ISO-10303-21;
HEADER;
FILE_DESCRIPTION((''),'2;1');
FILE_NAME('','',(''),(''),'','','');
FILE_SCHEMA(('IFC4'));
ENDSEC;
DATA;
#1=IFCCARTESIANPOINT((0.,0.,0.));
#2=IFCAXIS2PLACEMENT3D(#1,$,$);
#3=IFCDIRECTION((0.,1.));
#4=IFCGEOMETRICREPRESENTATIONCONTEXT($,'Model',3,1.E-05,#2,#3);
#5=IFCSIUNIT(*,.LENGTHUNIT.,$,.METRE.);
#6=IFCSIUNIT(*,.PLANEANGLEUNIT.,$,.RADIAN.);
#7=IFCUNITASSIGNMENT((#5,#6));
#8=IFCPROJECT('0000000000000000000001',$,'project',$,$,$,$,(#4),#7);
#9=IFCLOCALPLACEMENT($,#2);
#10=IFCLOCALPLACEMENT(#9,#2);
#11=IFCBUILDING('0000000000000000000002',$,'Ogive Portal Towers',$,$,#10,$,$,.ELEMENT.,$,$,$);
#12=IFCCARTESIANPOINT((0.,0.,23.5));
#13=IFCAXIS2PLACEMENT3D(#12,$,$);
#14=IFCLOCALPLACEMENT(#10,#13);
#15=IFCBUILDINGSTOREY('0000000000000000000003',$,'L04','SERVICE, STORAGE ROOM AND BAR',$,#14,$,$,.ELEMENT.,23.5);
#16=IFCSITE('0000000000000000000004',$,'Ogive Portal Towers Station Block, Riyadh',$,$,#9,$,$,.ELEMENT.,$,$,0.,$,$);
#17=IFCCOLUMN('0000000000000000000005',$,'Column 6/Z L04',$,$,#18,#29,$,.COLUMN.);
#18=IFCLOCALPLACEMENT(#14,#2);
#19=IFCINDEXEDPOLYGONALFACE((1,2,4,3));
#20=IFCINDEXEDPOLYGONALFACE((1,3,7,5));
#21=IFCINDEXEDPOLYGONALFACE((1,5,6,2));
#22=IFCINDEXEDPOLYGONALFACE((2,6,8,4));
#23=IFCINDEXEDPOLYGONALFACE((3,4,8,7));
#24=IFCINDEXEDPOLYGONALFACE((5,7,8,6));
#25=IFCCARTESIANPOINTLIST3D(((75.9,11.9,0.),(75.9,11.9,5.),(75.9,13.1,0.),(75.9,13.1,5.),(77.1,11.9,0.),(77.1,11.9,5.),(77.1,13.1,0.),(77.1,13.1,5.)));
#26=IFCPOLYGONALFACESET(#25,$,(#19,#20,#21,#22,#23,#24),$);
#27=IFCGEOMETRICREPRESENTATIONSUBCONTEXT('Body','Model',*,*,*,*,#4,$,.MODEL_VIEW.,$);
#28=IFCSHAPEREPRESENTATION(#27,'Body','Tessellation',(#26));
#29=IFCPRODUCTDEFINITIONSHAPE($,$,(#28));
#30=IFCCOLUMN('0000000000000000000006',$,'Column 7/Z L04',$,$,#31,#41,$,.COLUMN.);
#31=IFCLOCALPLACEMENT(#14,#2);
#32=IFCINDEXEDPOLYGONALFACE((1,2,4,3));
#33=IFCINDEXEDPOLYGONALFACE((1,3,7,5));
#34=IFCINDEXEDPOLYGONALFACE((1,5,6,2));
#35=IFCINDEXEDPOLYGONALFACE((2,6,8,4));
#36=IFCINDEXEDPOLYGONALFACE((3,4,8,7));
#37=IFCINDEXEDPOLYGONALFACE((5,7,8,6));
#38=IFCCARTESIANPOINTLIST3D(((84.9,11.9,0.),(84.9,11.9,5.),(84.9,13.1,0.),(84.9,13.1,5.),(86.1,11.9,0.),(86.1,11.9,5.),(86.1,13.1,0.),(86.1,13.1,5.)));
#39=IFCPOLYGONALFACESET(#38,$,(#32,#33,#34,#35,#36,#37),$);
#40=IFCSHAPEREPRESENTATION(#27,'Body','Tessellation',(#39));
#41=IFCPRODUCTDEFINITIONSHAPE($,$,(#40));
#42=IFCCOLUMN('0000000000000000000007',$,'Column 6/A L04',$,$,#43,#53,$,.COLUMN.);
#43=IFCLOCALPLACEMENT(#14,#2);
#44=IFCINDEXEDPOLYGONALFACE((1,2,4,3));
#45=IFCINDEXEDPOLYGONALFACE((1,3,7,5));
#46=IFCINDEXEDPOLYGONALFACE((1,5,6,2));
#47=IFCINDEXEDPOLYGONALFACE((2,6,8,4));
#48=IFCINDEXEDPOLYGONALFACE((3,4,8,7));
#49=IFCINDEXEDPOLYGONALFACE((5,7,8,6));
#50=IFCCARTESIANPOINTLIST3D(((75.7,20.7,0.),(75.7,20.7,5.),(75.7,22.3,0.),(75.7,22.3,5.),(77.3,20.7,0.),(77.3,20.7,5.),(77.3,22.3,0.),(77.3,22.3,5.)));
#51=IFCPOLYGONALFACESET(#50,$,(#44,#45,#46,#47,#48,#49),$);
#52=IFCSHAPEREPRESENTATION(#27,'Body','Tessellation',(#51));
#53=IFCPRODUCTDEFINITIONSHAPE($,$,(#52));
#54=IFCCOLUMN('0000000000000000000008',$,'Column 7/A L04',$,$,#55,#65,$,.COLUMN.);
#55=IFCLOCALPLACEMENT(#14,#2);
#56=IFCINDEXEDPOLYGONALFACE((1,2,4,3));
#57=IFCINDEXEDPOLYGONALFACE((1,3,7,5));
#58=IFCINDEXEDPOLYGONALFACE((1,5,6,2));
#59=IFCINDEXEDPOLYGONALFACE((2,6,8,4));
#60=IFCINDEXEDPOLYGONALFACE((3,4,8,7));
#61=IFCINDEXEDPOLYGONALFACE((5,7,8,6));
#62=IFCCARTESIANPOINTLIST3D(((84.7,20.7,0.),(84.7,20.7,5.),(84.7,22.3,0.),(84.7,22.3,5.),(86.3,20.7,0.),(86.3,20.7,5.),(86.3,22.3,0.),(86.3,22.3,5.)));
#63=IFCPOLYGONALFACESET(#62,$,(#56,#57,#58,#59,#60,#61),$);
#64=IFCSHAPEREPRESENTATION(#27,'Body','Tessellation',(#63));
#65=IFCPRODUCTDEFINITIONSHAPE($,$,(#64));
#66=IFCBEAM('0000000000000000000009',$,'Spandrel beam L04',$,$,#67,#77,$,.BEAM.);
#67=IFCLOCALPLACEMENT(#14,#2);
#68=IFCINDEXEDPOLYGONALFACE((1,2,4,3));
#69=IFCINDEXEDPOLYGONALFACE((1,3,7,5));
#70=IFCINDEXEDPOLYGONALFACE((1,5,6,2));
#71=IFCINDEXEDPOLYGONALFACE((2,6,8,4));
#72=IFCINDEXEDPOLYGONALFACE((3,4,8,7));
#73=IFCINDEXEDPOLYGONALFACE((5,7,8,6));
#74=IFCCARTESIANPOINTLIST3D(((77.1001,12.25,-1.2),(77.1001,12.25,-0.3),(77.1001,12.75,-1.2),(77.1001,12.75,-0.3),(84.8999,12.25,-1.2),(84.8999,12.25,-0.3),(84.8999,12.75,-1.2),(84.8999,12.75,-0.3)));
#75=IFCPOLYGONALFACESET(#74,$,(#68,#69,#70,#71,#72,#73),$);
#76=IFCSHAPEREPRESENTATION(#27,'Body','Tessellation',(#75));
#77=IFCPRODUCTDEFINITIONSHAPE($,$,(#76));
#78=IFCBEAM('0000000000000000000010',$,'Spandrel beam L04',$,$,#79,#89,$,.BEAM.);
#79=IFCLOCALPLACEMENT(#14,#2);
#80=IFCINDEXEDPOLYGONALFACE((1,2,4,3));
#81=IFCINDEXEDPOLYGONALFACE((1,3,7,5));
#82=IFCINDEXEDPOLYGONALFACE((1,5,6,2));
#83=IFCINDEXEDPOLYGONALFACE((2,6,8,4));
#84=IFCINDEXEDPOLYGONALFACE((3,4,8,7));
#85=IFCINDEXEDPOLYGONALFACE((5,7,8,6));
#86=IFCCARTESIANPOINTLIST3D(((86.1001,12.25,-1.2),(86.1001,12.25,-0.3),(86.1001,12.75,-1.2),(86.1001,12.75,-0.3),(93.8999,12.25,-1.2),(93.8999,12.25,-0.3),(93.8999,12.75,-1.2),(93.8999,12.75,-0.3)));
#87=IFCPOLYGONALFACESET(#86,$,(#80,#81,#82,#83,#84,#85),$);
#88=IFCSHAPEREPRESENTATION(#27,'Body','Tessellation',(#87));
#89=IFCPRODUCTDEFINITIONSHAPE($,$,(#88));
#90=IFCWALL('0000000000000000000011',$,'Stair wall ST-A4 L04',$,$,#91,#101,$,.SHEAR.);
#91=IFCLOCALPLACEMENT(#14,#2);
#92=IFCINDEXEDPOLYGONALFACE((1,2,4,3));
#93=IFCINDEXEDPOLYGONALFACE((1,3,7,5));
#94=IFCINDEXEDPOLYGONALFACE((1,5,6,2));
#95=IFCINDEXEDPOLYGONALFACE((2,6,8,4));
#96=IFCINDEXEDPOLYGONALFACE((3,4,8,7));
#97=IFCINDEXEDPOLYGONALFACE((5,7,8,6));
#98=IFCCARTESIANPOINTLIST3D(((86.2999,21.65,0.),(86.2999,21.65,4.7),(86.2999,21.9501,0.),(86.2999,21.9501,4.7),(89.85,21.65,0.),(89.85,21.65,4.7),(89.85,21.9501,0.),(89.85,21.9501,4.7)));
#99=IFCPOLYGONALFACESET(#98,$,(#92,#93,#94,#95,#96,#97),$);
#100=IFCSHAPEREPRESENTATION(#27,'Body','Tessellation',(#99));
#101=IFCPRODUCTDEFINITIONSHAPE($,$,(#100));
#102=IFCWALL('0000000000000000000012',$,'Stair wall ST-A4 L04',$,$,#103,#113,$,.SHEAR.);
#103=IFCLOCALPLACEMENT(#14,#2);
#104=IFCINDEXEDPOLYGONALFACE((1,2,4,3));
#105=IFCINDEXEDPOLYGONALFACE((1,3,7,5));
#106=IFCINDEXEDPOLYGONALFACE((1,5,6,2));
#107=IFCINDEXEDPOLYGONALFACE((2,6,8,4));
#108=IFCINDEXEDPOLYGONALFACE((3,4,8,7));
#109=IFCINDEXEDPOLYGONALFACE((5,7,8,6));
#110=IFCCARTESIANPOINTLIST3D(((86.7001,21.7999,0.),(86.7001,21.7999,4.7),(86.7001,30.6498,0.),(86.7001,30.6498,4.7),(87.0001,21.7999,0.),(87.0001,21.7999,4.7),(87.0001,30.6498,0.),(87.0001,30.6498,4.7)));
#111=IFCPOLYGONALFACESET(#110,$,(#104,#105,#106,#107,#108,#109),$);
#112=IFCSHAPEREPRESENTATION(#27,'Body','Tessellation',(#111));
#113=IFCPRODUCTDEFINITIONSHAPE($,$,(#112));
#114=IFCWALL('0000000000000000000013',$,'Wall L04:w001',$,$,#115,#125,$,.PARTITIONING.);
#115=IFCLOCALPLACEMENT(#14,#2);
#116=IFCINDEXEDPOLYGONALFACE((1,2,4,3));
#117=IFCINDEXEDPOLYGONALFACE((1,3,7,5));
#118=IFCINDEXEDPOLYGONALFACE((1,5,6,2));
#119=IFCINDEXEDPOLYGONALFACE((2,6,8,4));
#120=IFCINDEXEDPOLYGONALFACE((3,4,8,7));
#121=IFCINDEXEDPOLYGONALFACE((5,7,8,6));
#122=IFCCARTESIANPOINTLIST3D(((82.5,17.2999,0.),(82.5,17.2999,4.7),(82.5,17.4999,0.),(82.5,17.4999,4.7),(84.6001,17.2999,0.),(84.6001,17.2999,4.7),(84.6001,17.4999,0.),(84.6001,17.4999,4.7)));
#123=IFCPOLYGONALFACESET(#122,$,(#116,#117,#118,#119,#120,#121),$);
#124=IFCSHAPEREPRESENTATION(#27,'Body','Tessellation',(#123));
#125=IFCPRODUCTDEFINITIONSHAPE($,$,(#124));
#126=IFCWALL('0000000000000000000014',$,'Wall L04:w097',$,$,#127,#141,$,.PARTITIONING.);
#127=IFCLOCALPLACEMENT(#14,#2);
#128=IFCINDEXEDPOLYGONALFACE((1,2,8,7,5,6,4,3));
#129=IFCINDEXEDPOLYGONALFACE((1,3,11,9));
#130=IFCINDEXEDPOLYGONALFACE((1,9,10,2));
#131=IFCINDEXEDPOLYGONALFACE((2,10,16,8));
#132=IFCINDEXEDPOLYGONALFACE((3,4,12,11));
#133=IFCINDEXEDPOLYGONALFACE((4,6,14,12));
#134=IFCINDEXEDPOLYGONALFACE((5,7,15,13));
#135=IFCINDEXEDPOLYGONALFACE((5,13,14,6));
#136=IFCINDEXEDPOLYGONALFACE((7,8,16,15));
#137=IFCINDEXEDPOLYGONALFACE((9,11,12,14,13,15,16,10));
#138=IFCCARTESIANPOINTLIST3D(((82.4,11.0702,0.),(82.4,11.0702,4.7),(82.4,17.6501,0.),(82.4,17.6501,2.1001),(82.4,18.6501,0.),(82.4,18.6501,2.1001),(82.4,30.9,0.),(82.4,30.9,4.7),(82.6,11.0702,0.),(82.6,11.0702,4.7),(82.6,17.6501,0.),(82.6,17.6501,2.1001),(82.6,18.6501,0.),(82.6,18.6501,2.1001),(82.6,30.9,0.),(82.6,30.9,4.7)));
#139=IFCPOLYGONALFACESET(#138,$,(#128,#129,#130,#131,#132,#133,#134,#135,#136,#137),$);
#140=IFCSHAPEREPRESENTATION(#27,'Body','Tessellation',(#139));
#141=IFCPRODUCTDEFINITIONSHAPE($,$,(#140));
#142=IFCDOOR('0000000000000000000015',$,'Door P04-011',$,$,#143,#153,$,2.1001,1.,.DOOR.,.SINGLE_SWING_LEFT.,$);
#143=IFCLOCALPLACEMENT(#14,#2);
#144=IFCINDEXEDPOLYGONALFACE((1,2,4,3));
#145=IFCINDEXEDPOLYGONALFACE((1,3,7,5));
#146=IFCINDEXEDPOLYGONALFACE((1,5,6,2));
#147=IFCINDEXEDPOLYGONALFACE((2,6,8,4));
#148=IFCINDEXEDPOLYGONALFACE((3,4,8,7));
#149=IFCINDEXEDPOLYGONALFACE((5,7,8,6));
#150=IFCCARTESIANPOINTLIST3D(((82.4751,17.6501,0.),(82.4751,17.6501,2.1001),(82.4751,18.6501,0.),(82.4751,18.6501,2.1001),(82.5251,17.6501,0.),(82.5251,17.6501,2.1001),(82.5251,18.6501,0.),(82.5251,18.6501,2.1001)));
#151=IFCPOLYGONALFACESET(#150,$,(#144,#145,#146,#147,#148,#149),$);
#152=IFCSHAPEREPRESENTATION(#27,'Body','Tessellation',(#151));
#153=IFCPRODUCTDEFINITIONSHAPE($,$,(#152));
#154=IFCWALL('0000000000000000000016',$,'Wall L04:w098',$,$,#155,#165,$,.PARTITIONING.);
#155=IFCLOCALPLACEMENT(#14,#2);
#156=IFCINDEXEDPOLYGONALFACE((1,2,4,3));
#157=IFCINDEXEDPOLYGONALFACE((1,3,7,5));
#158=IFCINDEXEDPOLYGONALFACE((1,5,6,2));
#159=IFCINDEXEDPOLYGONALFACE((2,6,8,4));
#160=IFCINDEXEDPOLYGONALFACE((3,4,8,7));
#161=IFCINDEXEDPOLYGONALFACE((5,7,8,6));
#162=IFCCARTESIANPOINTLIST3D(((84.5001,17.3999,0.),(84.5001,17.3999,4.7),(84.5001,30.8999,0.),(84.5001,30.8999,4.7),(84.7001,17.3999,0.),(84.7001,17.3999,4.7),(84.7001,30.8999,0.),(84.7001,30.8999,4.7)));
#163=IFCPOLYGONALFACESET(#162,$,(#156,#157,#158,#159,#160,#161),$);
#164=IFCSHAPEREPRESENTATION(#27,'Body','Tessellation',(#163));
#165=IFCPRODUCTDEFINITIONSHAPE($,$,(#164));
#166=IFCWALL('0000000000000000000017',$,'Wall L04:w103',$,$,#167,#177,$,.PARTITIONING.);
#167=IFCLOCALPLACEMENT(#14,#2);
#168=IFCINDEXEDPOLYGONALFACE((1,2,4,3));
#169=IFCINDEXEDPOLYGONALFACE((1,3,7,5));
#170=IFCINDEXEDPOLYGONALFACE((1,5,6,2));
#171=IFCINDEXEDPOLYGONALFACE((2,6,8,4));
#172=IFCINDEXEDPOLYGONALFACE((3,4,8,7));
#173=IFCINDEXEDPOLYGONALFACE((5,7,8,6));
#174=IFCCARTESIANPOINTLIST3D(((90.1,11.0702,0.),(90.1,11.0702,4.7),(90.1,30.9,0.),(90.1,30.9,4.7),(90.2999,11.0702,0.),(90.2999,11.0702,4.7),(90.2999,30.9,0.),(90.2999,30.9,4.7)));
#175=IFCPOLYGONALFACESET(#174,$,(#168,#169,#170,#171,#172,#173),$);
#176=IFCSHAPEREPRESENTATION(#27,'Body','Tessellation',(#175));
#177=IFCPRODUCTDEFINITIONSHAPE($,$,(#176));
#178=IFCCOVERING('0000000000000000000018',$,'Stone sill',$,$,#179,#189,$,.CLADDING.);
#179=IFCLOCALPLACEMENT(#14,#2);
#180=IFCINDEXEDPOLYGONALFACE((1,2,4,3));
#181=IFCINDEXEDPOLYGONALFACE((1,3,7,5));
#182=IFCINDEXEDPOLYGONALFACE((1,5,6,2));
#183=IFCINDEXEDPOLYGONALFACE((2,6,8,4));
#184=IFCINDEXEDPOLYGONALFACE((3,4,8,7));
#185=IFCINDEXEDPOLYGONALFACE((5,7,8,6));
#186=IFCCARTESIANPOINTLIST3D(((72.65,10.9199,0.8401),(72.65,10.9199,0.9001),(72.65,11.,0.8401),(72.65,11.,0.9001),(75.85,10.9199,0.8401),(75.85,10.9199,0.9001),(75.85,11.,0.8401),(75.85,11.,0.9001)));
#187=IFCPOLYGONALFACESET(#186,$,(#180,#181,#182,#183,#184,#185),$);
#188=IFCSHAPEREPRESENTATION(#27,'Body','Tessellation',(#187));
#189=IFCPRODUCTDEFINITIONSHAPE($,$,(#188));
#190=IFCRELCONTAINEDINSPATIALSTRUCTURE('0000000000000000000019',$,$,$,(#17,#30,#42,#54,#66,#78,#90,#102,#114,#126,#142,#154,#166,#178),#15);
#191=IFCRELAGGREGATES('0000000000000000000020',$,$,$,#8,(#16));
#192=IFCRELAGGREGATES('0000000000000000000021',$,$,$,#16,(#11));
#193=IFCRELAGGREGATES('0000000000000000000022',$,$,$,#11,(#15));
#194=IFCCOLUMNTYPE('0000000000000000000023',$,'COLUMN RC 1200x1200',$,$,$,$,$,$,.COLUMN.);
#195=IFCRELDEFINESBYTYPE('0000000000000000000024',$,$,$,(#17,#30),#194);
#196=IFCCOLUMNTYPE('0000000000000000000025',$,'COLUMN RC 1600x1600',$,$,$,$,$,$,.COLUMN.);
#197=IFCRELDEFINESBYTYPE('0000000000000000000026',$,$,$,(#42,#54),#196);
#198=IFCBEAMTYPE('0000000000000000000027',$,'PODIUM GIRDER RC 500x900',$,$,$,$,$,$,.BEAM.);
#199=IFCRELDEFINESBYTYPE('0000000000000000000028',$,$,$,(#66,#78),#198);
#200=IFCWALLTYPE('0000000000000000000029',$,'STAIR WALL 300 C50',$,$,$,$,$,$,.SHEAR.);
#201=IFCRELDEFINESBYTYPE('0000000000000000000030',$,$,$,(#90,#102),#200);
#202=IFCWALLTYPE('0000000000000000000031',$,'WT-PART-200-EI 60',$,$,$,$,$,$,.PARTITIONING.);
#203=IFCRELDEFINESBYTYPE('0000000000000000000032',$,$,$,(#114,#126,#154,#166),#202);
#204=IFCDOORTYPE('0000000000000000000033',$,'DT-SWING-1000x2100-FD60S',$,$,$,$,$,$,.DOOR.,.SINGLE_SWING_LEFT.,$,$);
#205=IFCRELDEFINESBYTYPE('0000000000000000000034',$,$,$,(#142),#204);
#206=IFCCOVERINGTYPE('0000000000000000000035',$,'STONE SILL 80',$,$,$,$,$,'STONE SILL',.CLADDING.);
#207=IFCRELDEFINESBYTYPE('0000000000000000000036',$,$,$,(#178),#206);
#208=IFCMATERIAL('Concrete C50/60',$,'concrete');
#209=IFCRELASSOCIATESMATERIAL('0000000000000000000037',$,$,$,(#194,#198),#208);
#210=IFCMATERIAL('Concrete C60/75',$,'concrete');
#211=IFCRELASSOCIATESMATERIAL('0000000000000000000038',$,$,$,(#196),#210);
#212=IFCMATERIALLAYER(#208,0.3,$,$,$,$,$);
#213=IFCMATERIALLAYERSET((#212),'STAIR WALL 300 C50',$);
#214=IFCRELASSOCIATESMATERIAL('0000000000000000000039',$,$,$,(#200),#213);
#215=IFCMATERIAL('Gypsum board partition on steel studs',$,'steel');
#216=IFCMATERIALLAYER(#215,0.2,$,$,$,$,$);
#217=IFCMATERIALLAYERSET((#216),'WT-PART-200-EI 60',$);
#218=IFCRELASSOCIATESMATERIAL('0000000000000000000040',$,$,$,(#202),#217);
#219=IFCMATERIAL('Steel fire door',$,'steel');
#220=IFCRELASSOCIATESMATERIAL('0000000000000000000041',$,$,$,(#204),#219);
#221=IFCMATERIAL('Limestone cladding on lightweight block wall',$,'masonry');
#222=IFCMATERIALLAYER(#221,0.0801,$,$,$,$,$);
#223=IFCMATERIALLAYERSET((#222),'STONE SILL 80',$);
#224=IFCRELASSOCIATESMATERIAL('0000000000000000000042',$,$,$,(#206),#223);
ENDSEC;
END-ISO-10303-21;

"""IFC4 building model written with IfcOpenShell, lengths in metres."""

from ifc_helpers import new_model, si_unit, direction, frame, frame_2d, origin, origin_2d, place, context, subcontext, project, spatial, rectangle, extrude, material, layer, layer_set, material_profile, profile_set, type_object, element, fill, save


model = new_model("IFC4")

# Units and contexts
model_context = context("Model", 3, precision=1e-05, world=origin(), true_north=direction((0.0, 1.0)))
body_context = subcontext(model_context, "Body", "Model", "MODEL_VIEW")
ifc_project = project(units=[si_unit("LENGTHUNIT", "METRE"), si_unit("PLANEANGLEUNIT", "RADIAN")], contexts=[model_context])

# Site, building, storey
site_placement = place(None, origin())
site = spatial("IfcSite", under=ifc_project, at=site_placement, Name="Ogive Portal Towers Station Block, Riyadh", CompositionType="ELEMENT", RefElevation=0.0)
building_placement = place(site_placement, origin())
building = spatial("IfcBuilding", under=site, at=building_placement, Name="Ogive Portal Towers", CompositionType="ELEMENT")
storey_placement = place(building_placement, frame((0.0, 0.0, 23.5)))
storey = spatial("IfcBuildingStorey", under=building, at=storey_placement, Name="L04", Description="SERVICE, STORAGE ROOM AND BAR", CompositionType="ELEMENT", Elevation=23.5)

# Columns
ifc_material_1 = material(Name="Concrete C50/60", Category="concrete")
ifc_material_profile_1 = material_profile(ifc_material_1, rectangle(XDim=1.2, YDim=1.2, at=origin_2d()), Name="RC 1200x1200")
ifc_profile_set_1 = profile_set([ifc_material_profile_1], Name="Concrete C50/60")
column_type_1 = type_object("IfcColumnType", Name="COLUMN RC 1200x1200", PredefinedType="COLUMN", material=ifc_profile_set_1)
for number, where, z_axis, x_axis, name in (
    (1, (76.5, 12.5, 0.0), (0.0, 0.0, 1.0), (1.0, 0.0, 0.0), "Column 6/Z L04"),
    (2, (85.5, 12.5, 0.0), (0.0, 0.0, 1.0), (1.0, 0.0, 0.0), "Column 7/Z L04"),
):
    element("IfcColumn", number, at=place(storey_placement, frame(where, z_axis=z_axis, x_axis=x_axis)), inside=storey, type_object=column_type_1, Name=name, PredefinedType="COLUMN", context=body_context, shape_type="SweptSolid", body=[
        extrude(rectangle(XDim=1.2, YDim=1.2, at=origin_2d()), origin(), (0.0, 0.0, 1.0), 5.0),
    ])
ifc_material_2 = material(Name="Concrete C60/75", Category="concrete")
ifc_material_profile_2 = material_profile(ifc_material_2, rectangle(XDim=1.6001, YDim=1.6001, at=origin_2d()), Name="RC 1600x1600")
ifc_profile_set_2 = profile_set([ifc_material_profile_2], Name="Concrete C60/75")
column_type_2 = type_object("IfcColumnType", Name="COLUMN RC 1600x1600", PredefinedType="COLUMN", material=ifc_profile_set_2)
for number, where, z_axis, x_axis, name in (
    (3, (76.5, 21.5, 0.0), (0.0, 0.0, 1.0), (1.0, 0.0, 0.0), "Column 6/A L04"),
    (4, (85.5, 21.5, 0.0), (0.0, 0.0, 1.0), (1.0, 0.0, 0.0), "Column 7/A L04"),
):
    element("IfcColumn", number, at=place(storey_placement, frame(where, z_axis=z_axis, x_axis=x_axis)), inside=storey, type_object=column_type_2, Name=name, PredefinedType="COLUMN", context=body_context, shape_type="SweptSolid", body=[
        extrude(rectangle(XDim=1.6001, YDim=1.6001, at=origin_2d()), origin(), (0.0, 0.0, 1.0), 5.0),
    ])

# Beams
ifc_material_profile_3 = material_profile(ifc_material_1, rectangle(XDim=0.5, YDim=0.8999, at=origin_2d()), Name="RC 500x900")
ifc_profile_set_3 = profile_set([ifc_material_profile_3], Name="Concrete C50/60")
beam_type = type_object("IfcBeamType", Name="PODIUM GIRDER RC 500x900", PredefinedType="BEAM", material=ifc_profile_set_3)
for number, where, z_axis, x_axis, name in (
    (5, (77.1001, 12.5, -0.75), (1.0, 0.0, 0.0), (0.0, 1.0, 0.0), "Spandrel beam L04"),
    (6, (86.1001, 12.5, -0.75), (1.0, 0.0, 0.0), (0.0, 1.0, 0.0), "Spandrel beam L04"),
):
    element("IfcBeam", number, at=place(storey_placement, frame(where, z_axis=z_axis, x_axis=x_axis)), inside=storey, type_object=beam_type, Name=name, PredefinedType="BEAM", context=body_context, shape_type="SweptSolid", body=[
        extrude(rectangle(XDim=0.5, YDim=0.8999, at=origin_2d()), origin(), (0.0, 0.0, 1.0), 7.7998),
    ])

# Walls
ifc_layer_1 = layer(ifc_material_1, 0.3)
ifc_layer_set_1 = layer_set([ifc_layer_1], Name="STAIR WALL 300 C50")
wall_type_1 = type_object("IfcWallType", Name="STAIR WALL 300 C50", PredefinedType="SHEAR", material=ifc_layer_set_1)
wall_1_placement = place(storey_placement, frame((86.3, 21.8, 0.0), z_axis=(0.0, 0.0, 1.0), x_axis=(1.0, 0.0, 0.0)))
element("IfcWall", 7, at=wall_1_placement, inside=storey, type_object=wall_type_1, Name="Stair wall ST-A4 L04", PredefinedType="SHEAR", context=body_context, shape_type="SweptSolid", body=[
    extrude(rectangle(XDim=3.55, YDim=0.3, at=frame_2d((1.7749, 0.0))), origin(), (0.0, 0.0, 1.0), 4.7),
])
wall_2_placement = place(storey_placement, frame((86.8501, 21.8, 0.0), z_axis=(0.0, 0.0, 1.0), x_axis=(0.0, 1.0, 0.0)))
element("IfcWall", 8, at=wall_2_placement, inside=storey, type_object=wall_type_1, Name="Stair wall ST-A4 L04", PredefinedType="SHEAR", context=body_context, shape_type="SweptSolid", body=[
    extrude(rectangle(XDim=8.8499, YDim=0.3, at=frame_2d((4.4248, 0.0))), origin(), (0.0, 0.0, 1.0), 4.7),
])
ifc_material_3 = material(Name="Gypsum board partition on steel studs", Category="steel")
ifc_layer_2 = layer(ifc_material_3, 0.2)
ifc_layer_set_2 = layer_set([ifc_layer_2], Name="WT-PART-200-EI 60")
wall_type_2 = type_object("IfcWallType", Name="WT-PART-200-EI 60", PredefinedType="PARTITIONING", material=ifc_layer_set_2)
wall_3_placement = place(storey_placement, frame((82.5, 17.3999, 0.0), z_axis=(0.0, 0.0, 1.0), x_axis=(1.0, 0.0, 0.0)))
element("IfcWall", 9, at=wall_3_placement, inside=storey, type_object=wall_type_2, Name="Wall L04:w001", PredefinedType="PARTITIONING", context=body_context, shape_type="SweptSolid", body=[
    extrude(rectangle(XDim=2.1001, YDim=0.2, at=frame_2d((1.05, 0.0))), origin(), (0.0, 0.0, 1.0), 4.7),
])

# Wall, opening, door
wall_4_placement = place(storey_placement, frame((82.5, 11.0701, 0.0), z_axis=(0.0, 0.0, 1.0), x_axis=(0.0, 1.0, 0.0)))
wall_4 = element("IfcWall", 10, at=wall_4_placement, inside=storey, type_object=wall_type_2, Name="Wall L04:w097", PredefinedType="PARTITIONING", context=body_context, shape_type="SweptSolid", body=[
    extrude(rectangle(XDim=19.8298, YDim=0.2, at=frame_2d((9.915, 0.0))), origin(), (0.0, 0.0, 1.0), 4.7),
])
opening_placement = place(wall_4_placement, frame((6.5801, 0.0, 0.0)))
opening = element("IfcOpeningElement", 11, at=opening_placement, cuts=wall_4, PredefinedType="OPENING", context=body_context, shape_type="SweptSolid", body=[
    extrude(rectangle(XDim=1.0, YDim=2.1001, at=frame_2d((0.5, 1.05))), frame((0.0, 0.1099, 0.0), z_axis=(0.0, -1.0, 0.0), x_axis=(1.0, 0.0, 0.0)), (0.0, 0.0, 1.0), 0.22),
])
ifc_material_4 = material(Name="Steel fire door", Category="steel")
door_type = type_object("IfcDoorType", Name="DT-SWING-1000x2100-FD60S", OperationType="SINGLE_SWING_LEFT", PredefinedType="DOOR", material=ifc_material_4)
door_placement = place(opening_placement, origin())
door = element("IfcDoor", 12, at=door_placement, inside=storey, type_object=door_type, Name="Door P04-011", OperationType="SINGLE_SWING_LEFT", OverallHeight=2.1001, OverallWidth=1.0, PredefinedType="DOOR", context=body_context, shape_type="SweptSolid", body=[
    extrude(rectangle(XDim=1.0, YDim=2.1001, at=frame_2d((0.5, 1.05))), frame((0.0, 0.0249, 0.0), z_axis=(0.0, -1.0, 0.0), x_axis=(1.0, 0.0, 0.0)), (0.0, 0.0, 1.0), 0.05),
])
fill(opening, door)

# Walls
wall_5_placement = place(storey_placement, frame((84.6001, 17.3999, 0.0), z_axis=(0.0, 0.0, 1.0), x_axis=(0.0, 1.0, 0.0)))
element("IfcWall", 13, at=wall_5_placement, inside=storey, type_object=wall_type_2, Name="Wall L04:w098", PredefinedType="PARTITIONING", context=body_context, shape_type="SweptSolid", body=[
    extrude(rectangle(XDim=13.5, YDim=0.2, at=frame_2d((6.75, 0.0))), origin(), (0.0, 0.0, 1.0), 4.7),
])
wall_6_placement = place(storey_placement, frame((90.2, 11.0701, 0.0), z_axis=(0.0, 0.0, 1.0), x_axis=(0.0, 1.0, 0.0)))
element("IfcWall", 14, at=wall_6_placement, inside=storey, type_object=wall_type_2, Name="Wall L04:w103", PredefinedType="PARTITIONING", context=body_context, shape_type="SweptSolid", body=[
    extrude(rectangle(XDim=19.8298, YDim=0.2, at=frame_2d((9.915, 0.0))), origin(), (0.0, 0.0, 1.0), 4.7),
])

# Covering
ifc_material_5 = material(Name="Limestone cladding on lightweight block wall", Category="masonry")
ifc_layer_3 = layer(ifc_material_5, 0.0801)
ifc_layer_set_3 = layer_set([ifc_layer_3], Name="STONE SILL 80")
covering_type = type_object("IfcCoveringType", Name="STONE SILL 80", ElementType="STONE SILL", PredefinedType="CLADDING", material=ifc_layer_set_3)
for number, where, z_axis, x_axis, name in (
    (15, (74.25, 10.96, 0.8401), (0.0, 0.0, 1.0), (1.0, 0.0, 0.0), "Stone sill"),
):
    element("IfcCovering", number, at=place(storey_placement, frame(where, z_axis=z_axis, x_axis=x_axis)), inside=storey, type_object=covering_type, Name=name, PredefinedType="CLADDING", context=body_context, shape_type="SweptSolid", body=[
        extrude(rectangle(XDim=3.2, YDim=0.0801, at=origin_2d()), origin(), (0.0, 0.0, 1.0), 0.0601),
    ])

save(model, "model.ifc")
